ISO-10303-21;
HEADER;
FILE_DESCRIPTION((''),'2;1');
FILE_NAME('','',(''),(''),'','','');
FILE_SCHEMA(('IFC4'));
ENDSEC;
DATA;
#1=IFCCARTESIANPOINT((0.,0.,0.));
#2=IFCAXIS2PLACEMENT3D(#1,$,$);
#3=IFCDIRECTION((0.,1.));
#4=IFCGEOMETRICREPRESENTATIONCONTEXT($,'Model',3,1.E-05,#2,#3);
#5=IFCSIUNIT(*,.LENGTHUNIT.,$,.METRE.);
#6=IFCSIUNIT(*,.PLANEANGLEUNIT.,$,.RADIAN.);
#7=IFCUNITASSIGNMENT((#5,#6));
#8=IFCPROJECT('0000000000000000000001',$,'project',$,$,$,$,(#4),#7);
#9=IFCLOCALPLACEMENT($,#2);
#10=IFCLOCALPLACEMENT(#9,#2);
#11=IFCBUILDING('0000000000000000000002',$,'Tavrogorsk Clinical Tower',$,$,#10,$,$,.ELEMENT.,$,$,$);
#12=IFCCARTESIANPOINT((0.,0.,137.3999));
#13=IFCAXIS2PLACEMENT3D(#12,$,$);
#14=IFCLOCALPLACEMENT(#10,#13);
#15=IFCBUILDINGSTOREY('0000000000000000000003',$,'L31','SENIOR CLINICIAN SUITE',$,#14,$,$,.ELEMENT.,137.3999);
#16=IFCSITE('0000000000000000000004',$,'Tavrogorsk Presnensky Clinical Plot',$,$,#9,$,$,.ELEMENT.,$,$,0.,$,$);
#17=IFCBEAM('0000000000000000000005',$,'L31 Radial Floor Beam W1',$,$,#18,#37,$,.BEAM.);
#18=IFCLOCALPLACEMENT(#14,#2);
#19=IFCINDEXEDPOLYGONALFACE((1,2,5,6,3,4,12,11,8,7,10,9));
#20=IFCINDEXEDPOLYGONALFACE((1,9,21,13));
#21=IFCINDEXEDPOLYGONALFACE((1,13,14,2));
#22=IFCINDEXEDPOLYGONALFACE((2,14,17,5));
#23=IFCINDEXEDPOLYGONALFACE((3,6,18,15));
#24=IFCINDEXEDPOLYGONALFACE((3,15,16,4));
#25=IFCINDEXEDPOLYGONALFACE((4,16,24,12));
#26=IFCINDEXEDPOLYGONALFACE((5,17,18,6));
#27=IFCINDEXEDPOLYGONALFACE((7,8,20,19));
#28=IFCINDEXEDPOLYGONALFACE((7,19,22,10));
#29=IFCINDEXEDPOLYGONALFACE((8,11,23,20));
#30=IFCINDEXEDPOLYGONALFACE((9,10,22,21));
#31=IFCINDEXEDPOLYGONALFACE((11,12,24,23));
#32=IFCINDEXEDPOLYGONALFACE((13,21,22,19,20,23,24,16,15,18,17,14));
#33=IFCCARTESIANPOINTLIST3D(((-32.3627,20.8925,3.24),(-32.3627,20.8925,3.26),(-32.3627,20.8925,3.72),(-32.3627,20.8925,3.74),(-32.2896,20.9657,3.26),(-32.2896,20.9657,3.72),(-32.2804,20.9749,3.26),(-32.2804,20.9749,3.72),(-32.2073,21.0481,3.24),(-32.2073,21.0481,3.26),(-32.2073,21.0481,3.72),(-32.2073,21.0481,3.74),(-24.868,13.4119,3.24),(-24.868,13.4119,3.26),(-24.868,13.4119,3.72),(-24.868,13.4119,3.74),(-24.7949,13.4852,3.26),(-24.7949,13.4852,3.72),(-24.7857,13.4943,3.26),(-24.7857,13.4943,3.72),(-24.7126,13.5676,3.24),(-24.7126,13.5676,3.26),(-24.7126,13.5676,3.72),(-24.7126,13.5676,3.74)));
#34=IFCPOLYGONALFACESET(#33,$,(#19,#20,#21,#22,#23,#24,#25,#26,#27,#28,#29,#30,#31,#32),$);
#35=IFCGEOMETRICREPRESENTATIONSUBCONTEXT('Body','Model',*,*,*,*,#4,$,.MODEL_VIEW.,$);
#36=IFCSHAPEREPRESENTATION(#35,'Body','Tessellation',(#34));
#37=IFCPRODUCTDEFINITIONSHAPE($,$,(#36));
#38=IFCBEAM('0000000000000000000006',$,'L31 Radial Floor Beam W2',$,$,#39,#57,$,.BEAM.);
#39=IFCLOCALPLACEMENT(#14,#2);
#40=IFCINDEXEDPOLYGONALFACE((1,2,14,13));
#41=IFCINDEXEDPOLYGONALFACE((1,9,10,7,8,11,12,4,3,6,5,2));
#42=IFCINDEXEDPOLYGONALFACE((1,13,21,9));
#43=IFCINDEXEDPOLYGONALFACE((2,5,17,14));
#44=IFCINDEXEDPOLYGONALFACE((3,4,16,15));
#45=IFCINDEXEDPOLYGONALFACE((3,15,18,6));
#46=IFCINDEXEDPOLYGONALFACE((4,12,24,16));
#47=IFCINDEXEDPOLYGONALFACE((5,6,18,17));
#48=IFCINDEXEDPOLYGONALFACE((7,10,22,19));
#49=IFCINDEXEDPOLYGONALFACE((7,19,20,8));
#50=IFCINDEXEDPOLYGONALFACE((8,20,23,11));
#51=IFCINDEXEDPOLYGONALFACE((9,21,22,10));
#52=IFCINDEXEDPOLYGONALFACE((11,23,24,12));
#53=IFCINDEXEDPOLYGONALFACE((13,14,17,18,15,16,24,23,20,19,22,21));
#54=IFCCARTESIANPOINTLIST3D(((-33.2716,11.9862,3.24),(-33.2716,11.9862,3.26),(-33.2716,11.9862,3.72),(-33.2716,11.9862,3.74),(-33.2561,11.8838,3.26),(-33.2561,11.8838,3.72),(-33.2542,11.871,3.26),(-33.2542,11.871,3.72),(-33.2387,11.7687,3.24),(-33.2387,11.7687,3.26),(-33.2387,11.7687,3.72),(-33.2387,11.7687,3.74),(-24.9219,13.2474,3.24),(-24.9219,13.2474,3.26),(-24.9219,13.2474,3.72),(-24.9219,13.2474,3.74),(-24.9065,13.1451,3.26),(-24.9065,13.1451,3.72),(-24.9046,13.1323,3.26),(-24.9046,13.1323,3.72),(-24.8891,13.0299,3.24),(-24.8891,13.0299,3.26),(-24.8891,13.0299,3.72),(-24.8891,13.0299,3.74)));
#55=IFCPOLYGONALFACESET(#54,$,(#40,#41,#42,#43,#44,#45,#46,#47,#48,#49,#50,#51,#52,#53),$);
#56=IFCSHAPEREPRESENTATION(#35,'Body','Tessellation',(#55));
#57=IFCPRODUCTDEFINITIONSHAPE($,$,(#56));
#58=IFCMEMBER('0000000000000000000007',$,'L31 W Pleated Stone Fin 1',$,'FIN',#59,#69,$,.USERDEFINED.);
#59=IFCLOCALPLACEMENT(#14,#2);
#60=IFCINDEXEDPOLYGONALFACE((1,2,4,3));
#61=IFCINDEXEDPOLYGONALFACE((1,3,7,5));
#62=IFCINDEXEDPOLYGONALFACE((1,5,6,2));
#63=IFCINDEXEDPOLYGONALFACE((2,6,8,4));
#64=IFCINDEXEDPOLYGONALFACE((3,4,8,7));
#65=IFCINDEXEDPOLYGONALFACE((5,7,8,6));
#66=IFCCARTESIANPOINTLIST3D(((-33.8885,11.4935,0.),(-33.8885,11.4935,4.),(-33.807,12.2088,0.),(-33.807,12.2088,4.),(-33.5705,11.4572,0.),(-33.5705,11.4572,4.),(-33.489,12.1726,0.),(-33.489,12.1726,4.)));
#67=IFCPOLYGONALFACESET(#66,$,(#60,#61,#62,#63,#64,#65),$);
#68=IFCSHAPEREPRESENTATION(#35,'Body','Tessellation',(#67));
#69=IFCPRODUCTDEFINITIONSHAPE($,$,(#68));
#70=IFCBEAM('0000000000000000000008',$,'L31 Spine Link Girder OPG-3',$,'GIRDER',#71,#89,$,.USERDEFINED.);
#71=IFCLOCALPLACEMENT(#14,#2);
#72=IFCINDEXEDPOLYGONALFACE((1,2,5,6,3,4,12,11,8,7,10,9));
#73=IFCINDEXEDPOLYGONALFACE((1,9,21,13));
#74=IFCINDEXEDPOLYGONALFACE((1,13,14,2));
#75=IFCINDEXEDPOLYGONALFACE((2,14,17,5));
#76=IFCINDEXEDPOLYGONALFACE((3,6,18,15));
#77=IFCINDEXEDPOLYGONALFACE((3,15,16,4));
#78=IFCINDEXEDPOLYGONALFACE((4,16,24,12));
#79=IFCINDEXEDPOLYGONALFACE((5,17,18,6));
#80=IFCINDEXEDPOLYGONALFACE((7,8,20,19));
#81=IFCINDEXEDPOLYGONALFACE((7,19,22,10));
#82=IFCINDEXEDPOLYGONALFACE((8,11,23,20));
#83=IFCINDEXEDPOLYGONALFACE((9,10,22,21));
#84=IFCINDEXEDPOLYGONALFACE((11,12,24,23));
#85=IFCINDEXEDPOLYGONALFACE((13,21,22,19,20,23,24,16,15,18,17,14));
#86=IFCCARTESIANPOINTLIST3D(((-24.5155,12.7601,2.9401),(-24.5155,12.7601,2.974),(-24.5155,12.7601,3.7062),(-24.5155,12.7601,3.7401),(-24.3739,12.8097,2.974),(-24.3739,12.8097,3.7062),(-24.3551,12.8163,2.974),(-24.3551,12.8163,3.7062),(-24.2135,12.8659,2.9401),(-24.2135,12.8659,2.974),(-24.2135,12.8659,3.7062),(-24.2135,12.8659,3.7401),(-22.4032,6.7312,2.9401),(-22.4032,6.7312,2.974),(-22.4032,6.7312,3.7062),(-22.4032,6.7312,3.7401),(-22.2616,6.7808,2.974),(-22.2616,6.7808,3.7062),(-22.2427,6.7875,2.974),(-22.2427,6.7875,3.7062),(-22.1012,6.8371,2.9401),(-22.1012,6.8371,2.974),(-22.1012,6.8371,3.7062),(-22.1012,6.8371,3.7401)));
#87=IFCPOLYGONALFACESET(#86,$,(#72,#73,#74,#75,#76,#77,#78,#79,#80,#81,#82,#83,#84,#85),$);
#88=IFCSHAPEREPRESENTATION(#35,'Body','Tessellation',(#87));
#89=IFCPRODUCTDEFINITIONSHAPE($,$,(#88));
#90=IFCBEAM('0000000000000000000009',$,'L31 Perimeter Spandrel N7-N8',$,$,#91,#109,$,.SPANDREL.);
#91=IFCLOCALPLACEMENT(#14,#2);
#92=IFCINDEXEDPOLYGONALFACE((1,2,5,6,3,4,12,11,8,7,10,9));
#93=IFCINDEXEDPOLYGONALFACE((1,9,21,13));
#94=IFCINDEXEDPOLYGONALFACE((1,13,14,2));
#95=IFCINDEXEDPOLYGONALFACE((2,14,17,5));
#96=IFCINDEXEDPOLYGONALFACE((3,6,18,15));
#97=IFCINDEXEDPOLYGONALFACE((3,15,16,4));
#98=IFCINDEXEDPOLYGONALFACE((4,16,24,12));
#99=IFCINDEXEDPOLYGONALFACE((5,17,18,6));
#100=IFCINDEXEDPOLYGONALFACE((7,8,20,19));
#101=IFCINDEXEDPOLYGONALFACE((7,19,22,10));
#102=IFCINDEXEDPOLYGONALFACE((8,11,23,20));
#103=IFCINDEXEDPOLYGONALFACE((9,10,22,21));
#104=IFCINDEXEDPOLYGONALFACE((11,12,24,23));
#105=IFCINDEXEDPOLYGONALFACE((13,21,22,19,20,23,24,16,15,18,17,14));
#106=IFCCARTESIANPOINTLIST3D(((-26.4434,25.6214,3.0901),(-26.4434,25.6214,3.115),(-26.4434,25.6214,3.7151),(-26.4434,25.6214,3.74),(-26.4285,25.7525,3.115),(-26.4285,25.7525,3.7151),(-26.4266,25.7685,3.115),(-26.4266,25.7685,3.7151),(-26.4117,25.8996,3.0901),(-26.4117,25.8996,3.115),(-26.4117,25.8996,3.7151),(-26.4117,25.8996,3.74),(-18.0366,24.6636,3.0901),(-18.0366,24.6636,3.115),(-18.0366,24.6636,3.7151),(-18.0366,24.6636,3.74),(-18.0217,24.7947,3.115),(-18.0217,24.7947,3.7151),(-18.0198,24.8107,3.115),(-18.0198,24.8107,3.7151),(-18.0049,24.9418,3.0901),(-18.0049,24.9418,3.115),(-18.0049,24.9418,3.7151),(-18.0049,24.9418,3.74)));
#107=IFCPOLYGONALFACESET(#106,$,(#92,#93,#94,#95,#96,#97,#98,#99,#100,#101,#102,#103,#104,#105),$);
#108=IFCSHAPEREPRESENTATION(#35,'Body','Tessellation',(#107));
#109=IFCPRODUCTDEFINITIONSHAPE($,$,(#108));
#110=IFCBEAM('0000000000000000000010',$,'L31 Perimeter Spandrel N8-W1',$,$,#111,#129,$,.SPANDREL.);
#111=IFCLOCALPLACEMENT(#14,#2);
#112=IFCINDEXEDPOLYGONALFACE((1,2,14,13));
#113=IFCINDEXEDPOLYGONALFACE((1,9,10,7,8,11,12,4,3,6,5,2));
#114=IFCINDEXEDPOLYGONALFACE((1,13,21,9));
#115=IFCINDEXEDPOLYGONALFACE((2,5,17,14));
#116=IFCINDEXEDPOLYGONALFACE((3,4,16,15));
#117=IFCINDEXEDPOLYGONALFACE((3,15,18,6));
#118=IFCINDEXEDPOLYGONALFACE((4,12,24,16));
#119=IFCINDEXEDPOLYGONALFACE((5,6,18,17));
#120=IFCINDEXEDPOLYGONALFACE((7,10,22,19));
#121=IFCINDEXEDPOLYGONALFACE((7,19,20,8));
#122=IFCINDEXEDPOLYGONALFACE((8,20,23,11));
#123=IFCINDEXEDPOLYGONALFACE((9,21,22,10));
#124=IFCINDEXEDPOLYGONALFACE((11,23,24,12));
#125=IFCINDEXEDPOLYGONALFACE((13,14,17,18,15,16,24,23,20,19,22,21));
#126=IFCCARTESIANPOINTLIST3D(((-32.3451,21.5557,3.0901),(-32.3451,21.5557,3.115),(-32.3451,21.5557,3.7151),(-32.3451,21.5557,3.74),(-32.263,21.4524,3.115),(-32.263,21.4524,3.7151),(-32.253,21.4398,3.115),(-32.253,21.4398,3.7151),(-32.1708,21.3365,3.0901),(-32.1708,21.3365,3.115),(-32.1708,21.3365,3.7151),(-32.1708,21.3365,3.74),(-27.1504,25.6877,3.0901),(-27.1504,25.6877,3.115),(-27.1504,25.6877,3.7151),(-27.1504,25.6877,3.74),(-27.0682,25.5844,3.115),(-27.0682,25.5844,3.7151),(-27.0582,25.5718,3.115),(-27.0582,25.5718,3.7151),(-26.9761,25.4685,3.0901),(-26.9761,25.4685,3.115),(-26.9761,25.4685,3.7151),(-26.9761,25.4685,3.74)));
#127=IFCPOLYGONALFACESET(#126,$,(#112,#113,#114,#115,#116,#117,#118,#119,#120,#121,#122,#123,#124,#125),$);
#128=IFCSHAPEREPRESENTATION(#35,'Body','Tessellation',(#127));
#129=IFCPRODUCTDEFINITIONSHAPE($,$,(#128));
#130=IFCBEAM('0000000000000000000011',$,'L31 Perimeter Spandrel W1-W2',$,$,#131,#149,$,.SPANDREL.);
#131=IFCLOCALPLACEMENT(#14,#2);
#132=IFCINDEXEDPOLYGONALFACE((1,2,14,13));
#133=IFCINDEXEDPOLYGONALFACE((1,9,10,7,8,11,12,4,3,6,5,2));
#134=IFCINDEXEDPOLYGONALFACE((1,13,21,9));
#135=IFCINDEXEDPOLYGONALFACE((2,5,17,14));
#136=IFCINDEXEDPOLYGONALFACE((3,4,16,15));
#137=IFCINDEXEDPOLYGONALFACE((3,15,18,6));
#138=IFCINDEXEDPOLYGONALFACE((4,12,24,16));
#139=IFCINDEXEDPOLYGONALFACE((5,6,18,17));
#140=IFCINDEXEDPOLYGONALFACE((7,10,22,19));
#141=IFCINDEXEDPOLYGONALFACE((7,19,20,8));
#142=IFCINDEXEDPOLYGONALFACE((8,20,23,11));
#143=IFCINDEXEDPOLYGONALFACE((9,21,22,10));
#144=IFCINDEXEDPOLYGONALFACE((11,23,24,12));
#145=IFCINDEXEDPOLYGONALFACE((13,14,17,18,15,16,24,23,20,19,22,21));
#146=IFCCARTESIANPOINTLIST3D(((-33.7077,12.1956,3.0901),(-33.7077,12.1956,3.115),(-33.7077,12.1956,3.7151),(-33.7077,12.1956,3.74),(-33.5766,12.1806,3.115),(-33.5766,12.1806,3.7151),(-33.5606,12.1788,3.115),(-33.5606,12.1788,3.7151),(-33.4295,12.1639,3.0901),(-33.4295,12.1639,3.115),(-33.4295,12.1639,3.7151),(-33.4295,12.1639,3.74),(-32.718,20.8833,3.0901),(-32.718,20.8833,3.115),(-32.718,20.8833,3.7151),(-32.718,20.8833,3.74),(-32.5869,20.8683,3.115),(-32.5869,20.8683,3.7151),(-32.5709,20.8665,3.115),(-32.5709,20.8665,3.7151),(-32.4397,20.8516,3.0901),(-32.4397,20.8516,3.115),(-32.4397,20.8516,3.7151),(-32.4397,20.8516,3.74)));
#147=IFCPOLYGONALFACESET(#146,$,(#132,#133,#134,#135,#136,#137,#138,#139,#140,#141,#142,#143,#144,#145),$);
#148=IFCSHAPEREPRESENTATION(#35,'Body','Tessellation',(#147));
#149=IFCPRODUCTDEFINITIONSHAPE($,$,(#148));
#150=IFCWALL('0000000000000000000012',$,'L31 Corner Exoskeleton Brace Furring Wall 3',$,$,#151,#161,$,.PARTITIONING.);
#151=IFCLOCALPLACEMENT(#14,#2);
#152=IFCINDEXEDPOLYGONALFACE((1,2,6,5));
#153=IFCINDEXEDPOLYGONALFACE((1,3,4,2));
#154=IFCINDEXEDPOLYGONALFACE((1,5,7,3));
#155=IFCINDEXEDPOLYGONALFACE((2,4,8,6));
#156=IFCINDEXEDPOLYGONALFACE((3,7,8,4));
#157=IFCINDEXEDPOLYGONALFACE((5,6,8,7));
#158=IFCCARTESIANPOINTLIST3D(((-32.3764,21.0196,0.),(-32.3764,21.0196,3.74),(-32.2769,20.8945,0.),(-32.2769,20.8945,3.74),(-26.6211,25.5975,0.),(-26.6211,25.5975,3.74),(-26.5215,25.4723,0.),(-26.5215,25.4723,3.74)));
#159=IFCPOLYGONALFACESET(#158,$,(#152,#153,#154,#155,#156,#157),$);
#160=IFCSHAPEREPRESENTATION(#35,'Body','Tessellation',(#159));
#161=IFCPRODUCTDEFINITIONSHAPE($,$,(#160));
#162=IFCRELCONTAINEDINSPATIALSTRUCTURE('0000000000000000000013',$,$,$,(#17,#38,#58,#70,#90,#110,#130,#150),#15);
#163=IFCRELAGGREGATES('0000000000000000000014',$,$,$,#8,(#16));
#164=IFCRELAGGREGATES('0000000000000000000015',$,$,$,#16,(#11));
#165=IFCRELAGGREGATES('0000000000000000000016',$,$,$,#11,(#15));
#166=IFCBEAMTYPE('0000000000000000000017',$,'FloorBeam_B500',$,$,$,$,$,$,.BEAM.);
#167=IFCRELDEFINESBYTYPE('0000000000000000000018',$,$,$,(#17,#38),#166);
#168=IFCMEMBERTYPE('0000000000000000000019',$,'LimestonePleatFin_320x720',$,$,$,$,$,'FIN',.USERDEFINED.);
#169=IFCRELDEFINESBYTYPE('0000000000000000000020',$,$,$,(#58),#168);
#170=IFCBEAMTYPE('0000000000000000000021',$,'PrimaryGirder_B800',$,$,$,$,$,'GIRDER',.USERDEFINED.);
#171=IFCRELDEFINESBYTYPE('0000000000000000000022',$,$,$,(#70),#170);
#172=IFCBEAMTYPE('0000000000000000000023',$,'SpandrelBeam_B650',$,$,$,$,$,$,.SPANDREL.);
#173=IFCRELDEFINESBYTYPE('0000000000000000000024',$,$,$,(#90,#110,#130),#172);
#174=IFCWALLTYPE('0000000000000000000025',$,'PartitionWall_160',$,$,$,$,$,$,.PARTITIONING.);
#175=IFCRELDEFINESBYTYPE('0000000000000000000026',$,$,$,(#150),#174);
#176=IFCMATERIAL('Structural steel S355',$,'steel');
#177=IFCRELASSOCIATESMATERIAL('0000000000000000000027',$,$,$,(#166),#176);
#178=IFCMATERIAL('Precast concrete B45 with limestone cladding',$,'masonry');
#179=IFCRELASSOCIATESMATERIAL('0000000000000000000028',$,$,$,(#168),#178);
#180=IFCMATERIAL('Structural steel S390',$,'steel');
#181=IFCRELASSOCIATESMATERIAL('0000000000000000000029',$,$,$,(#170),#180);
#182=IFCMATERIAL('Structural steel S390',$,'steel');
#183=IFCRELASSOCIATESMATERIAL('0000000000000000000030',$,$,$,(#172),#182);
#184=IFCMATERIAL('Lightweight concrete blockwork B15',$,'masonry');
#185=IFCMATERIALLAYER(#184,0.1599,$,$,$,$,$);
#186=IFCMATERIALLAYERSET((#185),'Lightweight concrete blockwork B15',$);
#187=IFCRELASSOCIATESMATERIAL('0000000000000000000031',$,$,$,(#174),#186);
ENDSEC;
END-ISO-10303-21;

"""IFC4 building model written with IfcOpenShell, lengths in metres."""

from ifc_helpers import new_model, si_unit, direction, frame, frame_2d, origin, origin_2d, place, context, subcontext, project, spatial, rectangle, i_section, extrude, material, layer, layer_set, material_profile, profile_set, type_object, element, save


model = new_model("IFC4")

# Units and contexts
model_context = context("Model", 3, precision=1e-05, world=origin(), true_north=direction((0.0, 1.0)))
body_context = subcontext(model_context, "Body", "Model", "MODEL_VIEW")
ifc_project = project(units=[si_unit("LENGTHUNIT", "METRE"), si_unit("PLANEANGLEUNIT", "RADIAN")], contexts=[model_context])

# Site, building, storey
site_placement = place(None, origin())
site = spatial("IfcSite", under=ifc_project, at=site_placement, Name="Tavrogorsk Presnensky Clinical Plot", CompositionType="ELEMENT", RefElevation=0.0)
building_placement = place(site_placement, origin())
building = spatial("IfcBuilding", under=site, at=building_placement, Name="Tavrogorsk Clinical Tower", CompositionType="ELEMENT")
storey_placement = place(building_placement, frame((0.0, 0.0, 137.3999)))
storey = spatial("IfcBuildingStorey", under=building, at=storey_placement, Name="L31", Description="SENIOR CLINICIAN SUITE", CompositionType="ELEMENT", Elevation=137.3999)

# Beams
ifc_material_1 = material(Name="Structural steel S355", Category="steel")
ifc_material_profile_1 = material_profile(ifc_material_1, i_section(OverallWidth=0.22, OverallDepth=0.5, WebThickness=0.0129, FlangeThickness=0.02, at=origin_2d()), Name="B-500x220x13x20")
ifc_profile_set_1 = profile_set([ifc_material_profile_1], Name="Structural steel S355")
beam_type_1 = type_object("IfcBeamType", Name="FloorBeam_B500", PredefinedType="BEAM", material=ifc_profile_set_1)
beam_1_placement = place(storey_placement, frame((-24.7903, 13.4897, 3.49), z_axis=(-0.707775, 0.706438, 0.0), x_axis=(-0.706438, -0.707775, 0.0)))
element("IfcBeam", 1, at=beam_1_placement, inside=storey, type_object=beam_type_1, Name="L31 Radial Floor Beam W1", PredefinedType="BEAM", context=body_context, shape_type="SweptSolid", body=[
    extrude(i_section(OverallWidth=0.22, OverallDepth=0.5, WebThickness=0.0129, FlangeThickness=0.02, at=origin_2d()), origin(), (0.0, 0.0, 1.0), 10.5891),
])
beam_2_placement = place(storey_placement, frame((-24.9055, 13.1387, 3.49), z_axis=(-0.988783, -0.149358, 0.0), x_axis=(0.149358, -0.988783, 0.0)))
element("IfcBeam", 2, at=beam_2_placement, inside=storey, type_object=beam_type_1, Name="L31 Radial Floor Beam W2", PredefinedType="BEAM", context=body_context, shape_type="SweptSolid", body=[
    extrude(i_section(OverallWidth=0.22, OverallDepth=0.5, WebThickness=0.0129, FlangeThickness=0.02, at=origin_2d()), origin(), (0.0, 0.0, 1.0), 8.4443),
])

# Member
ifc_material_2 = material(Name="Precast concrete B45 with limestone cladding", Category="masonry")
ifc_material_profile_2 = material_profile(ifc_material_2, rectangle(XDim=0.3201, YDim=0.72, at=origin_2d()), Name="LIMESTONE-FIN-320x720")
ifc_profile_set_2 = profile_set([ifc_material_profile_2], Name="Precast concrete B45 with limestone cladding")
member_type_1 = type_object("IfcMemberType", Name="LimestonePleatFin_320x720", ElementType="FIN", PredefinedType="USERDEFINED", material=ifc_profile_set_2)
member_1_placement = place(storey_placement, frame((-33.6887, 11.833, 0.0), z_axis=(0.0, 0.0, 1.0), x_axis=(0.993572, -0.113203, 0.0)))
element("IfcMember", 3, at=member_1_placement, inside=storey, type_object=member_type_1, Name="L31 W Pleated Stone Fin 1", ObjectType="FIN", PredefinedType="USERDEFINED", context=body_context, shape_type="SweptSolid", body=[
    extrude(rectangle(XDim=0.3201, YDim=0.72, at=origin_2d()), origin(), (0.0, 0.0, 1.0), 4.0),
])

# Beams
ifc_material_3 = material(Name="Structural steel S390", Category="steel")
ifc_material_profile_3 = material_profile(ifc_material_3, i_section(OverallWidth=0.3201, OverallDepth=0.8, WebThickness=0.02, FlangeThickness=0.0339, at=origin_2d()), Name="B-800x320x20x34")
ifc_profile_set_3 = profile_set([ifc_material_profile_3], Name="Structural steel S390")
beam_type_2 = type_object("IfcBeamType", Name="PrimaryGirder_B800", ElementType="GIRDER", PredefinedType="USERDEFINED", material=ifc_profile_set_3)
beam_3_placement = place(storey_placement, frame((-24.3645, 12.813, 3.3401), z_axis=(0.33066, -0.94375, 0.0), x_axis=(0.94375, 0.33066, 0.0)))
element("IfcBeam", 4, at=beam_3_placement, inside=storey, type_object=beam_type_2, Name="L31 Spine Link Girder OPG-3", ObjectType="GIRDER", PredefinedType="USERDEFINED", context=body_context, shape_type="SweptSolid", body=[
    extrude(i_section(OverallWidth=0.3201, OverallDepth=0.8, WebThickness=0.02, FlangeThickness=0.0339, at=origin_2d()), origin(), (0.0, 0.0, 1.0), 6.3882),
])
ifc_material_4 = material(Name="Structural steel S390", Category="steel")
ifc_material_profile_4 = material_profile(ifc_material_4, i_section(OverallWidth=0.28, OverallDepth=0.6499, WebThickness=0.0161, FlangeThickness=0.0249, at=origin_2d()), Name="B-650x280x16x25")
ifc_profile_set_4 = profile_set([ifc_material_profile_4], Name="Structural steel S390")
beam_type_3 = type_object("IfcBeamType", Name="SpandrelBeam_B650", PredefinedType="SPANDREL", material=ifc_profile_set_4)
beam_4_placement = place(storey_placement, frame((-18.0208, 24.8027, 3.415), z_axis=(-0.993573, 0.113196, 0.0), x_axis=(-0.113196, -0.993573, 0.0)))
element("IfcBeam", 5, at=beam_4_placement, inside=storey, type_object=beam_type_3, Name="L31 Perimeter Spandrel N7-N8", PredefinedType="SPANDREL", context=body_context, shape_type="SweptSolid", body=[
    extrude(i_section(OverallWidth=0.28, OverallDepth=0.6499, WebThickness=0.0161, FlangeThickness=0.0249, at=origin_2d()), origin(), (0.0, 0.0, 1.0), 8.4612),
])
beam_5_placement = place(storey_placement, frame((-27.0632, 25.5781, 3.415), z_axis=(-0.782613, -0.622508, 0.0), x_axis=(0.622508, -0.782613, 0.0)))
element("IfcBeam", 6, at=beam_5_placement, inside=storey, type_object=beam_type_3, Name="L31 Perimeter Spandrel N8-W1", PredefinedType="SPANDREL", context=body_context, shape_type="SweptSolid", body=[
    extrude(i_section(OverallWidth=0.28, OverallDepth=0.6499, WebThickness=0.0161, FlangeThickness=0.0249, at=origin_2d()), origin(), (0.0, 0.0, 1.0), 6.6377),
])
beam_6_placement = place(storey_placement, frame((-32.5789, 20.8674, 3.415), z_axis=(-0.113192, -0.993573, 0.0), x_axis=(0.993573, -0.113192, 0.0)))
element("IfcBeam", 7, at=beam_6_placement, inside=storey, type_object=beam_type_3, Name="L31 Perimeter Spandrel W1-W2", PredefinedType="SPANDREL", context=body_context, shape_type="SweptSolid", body=[
    extrude(i_section(OverallWidth=0.28, OverallDepth=0.6499, WebThickness=0.0161, FlangeThickness=0.0249, at=origin_2d()), origin(), (0.0, 0.0, 1.0), 8.7439),
])

# Wall
ifc_material_5 = material(Name="Lightweight concrete blockwork B15", Category="masonry")
ifc_layer_1 = layer(ifc_material_5, 0.1599)
ifc_layer_set_1 = layer_set([ifc_layer_1], Name="Lightweight concrete blockwork B15")
wall_type_1 = type_object("IfcWallType", Name="PartitionWall_160", PredefinedType="PARTITIONING", material=ifc_layer_set_1)
wall_1_placement = place(storey_placement, frame((-26.5713, 25.5349, 0.0), z_axis=(0.0, 0.0, 1.0), x_axis=(-0.782618, -0.622502, 0.0)))
element("IfcWall", 8, at=wall_1_placement, inside=storey, type_object=wall_type_1, Name="L31 Corner Exoskeleton Brace Furring Wall 3", PredefinedType="PARTITIONING", context=body_context, shape_type="SweptSolid", body=[
    extrude(rectangle(XDim=7.354, YDim=0.1599, at=frame_2d((3.677, 0.0))), origin(), (0.0, 0.0, 1.0), 3.74),
])

save(model, "model.ifc")
